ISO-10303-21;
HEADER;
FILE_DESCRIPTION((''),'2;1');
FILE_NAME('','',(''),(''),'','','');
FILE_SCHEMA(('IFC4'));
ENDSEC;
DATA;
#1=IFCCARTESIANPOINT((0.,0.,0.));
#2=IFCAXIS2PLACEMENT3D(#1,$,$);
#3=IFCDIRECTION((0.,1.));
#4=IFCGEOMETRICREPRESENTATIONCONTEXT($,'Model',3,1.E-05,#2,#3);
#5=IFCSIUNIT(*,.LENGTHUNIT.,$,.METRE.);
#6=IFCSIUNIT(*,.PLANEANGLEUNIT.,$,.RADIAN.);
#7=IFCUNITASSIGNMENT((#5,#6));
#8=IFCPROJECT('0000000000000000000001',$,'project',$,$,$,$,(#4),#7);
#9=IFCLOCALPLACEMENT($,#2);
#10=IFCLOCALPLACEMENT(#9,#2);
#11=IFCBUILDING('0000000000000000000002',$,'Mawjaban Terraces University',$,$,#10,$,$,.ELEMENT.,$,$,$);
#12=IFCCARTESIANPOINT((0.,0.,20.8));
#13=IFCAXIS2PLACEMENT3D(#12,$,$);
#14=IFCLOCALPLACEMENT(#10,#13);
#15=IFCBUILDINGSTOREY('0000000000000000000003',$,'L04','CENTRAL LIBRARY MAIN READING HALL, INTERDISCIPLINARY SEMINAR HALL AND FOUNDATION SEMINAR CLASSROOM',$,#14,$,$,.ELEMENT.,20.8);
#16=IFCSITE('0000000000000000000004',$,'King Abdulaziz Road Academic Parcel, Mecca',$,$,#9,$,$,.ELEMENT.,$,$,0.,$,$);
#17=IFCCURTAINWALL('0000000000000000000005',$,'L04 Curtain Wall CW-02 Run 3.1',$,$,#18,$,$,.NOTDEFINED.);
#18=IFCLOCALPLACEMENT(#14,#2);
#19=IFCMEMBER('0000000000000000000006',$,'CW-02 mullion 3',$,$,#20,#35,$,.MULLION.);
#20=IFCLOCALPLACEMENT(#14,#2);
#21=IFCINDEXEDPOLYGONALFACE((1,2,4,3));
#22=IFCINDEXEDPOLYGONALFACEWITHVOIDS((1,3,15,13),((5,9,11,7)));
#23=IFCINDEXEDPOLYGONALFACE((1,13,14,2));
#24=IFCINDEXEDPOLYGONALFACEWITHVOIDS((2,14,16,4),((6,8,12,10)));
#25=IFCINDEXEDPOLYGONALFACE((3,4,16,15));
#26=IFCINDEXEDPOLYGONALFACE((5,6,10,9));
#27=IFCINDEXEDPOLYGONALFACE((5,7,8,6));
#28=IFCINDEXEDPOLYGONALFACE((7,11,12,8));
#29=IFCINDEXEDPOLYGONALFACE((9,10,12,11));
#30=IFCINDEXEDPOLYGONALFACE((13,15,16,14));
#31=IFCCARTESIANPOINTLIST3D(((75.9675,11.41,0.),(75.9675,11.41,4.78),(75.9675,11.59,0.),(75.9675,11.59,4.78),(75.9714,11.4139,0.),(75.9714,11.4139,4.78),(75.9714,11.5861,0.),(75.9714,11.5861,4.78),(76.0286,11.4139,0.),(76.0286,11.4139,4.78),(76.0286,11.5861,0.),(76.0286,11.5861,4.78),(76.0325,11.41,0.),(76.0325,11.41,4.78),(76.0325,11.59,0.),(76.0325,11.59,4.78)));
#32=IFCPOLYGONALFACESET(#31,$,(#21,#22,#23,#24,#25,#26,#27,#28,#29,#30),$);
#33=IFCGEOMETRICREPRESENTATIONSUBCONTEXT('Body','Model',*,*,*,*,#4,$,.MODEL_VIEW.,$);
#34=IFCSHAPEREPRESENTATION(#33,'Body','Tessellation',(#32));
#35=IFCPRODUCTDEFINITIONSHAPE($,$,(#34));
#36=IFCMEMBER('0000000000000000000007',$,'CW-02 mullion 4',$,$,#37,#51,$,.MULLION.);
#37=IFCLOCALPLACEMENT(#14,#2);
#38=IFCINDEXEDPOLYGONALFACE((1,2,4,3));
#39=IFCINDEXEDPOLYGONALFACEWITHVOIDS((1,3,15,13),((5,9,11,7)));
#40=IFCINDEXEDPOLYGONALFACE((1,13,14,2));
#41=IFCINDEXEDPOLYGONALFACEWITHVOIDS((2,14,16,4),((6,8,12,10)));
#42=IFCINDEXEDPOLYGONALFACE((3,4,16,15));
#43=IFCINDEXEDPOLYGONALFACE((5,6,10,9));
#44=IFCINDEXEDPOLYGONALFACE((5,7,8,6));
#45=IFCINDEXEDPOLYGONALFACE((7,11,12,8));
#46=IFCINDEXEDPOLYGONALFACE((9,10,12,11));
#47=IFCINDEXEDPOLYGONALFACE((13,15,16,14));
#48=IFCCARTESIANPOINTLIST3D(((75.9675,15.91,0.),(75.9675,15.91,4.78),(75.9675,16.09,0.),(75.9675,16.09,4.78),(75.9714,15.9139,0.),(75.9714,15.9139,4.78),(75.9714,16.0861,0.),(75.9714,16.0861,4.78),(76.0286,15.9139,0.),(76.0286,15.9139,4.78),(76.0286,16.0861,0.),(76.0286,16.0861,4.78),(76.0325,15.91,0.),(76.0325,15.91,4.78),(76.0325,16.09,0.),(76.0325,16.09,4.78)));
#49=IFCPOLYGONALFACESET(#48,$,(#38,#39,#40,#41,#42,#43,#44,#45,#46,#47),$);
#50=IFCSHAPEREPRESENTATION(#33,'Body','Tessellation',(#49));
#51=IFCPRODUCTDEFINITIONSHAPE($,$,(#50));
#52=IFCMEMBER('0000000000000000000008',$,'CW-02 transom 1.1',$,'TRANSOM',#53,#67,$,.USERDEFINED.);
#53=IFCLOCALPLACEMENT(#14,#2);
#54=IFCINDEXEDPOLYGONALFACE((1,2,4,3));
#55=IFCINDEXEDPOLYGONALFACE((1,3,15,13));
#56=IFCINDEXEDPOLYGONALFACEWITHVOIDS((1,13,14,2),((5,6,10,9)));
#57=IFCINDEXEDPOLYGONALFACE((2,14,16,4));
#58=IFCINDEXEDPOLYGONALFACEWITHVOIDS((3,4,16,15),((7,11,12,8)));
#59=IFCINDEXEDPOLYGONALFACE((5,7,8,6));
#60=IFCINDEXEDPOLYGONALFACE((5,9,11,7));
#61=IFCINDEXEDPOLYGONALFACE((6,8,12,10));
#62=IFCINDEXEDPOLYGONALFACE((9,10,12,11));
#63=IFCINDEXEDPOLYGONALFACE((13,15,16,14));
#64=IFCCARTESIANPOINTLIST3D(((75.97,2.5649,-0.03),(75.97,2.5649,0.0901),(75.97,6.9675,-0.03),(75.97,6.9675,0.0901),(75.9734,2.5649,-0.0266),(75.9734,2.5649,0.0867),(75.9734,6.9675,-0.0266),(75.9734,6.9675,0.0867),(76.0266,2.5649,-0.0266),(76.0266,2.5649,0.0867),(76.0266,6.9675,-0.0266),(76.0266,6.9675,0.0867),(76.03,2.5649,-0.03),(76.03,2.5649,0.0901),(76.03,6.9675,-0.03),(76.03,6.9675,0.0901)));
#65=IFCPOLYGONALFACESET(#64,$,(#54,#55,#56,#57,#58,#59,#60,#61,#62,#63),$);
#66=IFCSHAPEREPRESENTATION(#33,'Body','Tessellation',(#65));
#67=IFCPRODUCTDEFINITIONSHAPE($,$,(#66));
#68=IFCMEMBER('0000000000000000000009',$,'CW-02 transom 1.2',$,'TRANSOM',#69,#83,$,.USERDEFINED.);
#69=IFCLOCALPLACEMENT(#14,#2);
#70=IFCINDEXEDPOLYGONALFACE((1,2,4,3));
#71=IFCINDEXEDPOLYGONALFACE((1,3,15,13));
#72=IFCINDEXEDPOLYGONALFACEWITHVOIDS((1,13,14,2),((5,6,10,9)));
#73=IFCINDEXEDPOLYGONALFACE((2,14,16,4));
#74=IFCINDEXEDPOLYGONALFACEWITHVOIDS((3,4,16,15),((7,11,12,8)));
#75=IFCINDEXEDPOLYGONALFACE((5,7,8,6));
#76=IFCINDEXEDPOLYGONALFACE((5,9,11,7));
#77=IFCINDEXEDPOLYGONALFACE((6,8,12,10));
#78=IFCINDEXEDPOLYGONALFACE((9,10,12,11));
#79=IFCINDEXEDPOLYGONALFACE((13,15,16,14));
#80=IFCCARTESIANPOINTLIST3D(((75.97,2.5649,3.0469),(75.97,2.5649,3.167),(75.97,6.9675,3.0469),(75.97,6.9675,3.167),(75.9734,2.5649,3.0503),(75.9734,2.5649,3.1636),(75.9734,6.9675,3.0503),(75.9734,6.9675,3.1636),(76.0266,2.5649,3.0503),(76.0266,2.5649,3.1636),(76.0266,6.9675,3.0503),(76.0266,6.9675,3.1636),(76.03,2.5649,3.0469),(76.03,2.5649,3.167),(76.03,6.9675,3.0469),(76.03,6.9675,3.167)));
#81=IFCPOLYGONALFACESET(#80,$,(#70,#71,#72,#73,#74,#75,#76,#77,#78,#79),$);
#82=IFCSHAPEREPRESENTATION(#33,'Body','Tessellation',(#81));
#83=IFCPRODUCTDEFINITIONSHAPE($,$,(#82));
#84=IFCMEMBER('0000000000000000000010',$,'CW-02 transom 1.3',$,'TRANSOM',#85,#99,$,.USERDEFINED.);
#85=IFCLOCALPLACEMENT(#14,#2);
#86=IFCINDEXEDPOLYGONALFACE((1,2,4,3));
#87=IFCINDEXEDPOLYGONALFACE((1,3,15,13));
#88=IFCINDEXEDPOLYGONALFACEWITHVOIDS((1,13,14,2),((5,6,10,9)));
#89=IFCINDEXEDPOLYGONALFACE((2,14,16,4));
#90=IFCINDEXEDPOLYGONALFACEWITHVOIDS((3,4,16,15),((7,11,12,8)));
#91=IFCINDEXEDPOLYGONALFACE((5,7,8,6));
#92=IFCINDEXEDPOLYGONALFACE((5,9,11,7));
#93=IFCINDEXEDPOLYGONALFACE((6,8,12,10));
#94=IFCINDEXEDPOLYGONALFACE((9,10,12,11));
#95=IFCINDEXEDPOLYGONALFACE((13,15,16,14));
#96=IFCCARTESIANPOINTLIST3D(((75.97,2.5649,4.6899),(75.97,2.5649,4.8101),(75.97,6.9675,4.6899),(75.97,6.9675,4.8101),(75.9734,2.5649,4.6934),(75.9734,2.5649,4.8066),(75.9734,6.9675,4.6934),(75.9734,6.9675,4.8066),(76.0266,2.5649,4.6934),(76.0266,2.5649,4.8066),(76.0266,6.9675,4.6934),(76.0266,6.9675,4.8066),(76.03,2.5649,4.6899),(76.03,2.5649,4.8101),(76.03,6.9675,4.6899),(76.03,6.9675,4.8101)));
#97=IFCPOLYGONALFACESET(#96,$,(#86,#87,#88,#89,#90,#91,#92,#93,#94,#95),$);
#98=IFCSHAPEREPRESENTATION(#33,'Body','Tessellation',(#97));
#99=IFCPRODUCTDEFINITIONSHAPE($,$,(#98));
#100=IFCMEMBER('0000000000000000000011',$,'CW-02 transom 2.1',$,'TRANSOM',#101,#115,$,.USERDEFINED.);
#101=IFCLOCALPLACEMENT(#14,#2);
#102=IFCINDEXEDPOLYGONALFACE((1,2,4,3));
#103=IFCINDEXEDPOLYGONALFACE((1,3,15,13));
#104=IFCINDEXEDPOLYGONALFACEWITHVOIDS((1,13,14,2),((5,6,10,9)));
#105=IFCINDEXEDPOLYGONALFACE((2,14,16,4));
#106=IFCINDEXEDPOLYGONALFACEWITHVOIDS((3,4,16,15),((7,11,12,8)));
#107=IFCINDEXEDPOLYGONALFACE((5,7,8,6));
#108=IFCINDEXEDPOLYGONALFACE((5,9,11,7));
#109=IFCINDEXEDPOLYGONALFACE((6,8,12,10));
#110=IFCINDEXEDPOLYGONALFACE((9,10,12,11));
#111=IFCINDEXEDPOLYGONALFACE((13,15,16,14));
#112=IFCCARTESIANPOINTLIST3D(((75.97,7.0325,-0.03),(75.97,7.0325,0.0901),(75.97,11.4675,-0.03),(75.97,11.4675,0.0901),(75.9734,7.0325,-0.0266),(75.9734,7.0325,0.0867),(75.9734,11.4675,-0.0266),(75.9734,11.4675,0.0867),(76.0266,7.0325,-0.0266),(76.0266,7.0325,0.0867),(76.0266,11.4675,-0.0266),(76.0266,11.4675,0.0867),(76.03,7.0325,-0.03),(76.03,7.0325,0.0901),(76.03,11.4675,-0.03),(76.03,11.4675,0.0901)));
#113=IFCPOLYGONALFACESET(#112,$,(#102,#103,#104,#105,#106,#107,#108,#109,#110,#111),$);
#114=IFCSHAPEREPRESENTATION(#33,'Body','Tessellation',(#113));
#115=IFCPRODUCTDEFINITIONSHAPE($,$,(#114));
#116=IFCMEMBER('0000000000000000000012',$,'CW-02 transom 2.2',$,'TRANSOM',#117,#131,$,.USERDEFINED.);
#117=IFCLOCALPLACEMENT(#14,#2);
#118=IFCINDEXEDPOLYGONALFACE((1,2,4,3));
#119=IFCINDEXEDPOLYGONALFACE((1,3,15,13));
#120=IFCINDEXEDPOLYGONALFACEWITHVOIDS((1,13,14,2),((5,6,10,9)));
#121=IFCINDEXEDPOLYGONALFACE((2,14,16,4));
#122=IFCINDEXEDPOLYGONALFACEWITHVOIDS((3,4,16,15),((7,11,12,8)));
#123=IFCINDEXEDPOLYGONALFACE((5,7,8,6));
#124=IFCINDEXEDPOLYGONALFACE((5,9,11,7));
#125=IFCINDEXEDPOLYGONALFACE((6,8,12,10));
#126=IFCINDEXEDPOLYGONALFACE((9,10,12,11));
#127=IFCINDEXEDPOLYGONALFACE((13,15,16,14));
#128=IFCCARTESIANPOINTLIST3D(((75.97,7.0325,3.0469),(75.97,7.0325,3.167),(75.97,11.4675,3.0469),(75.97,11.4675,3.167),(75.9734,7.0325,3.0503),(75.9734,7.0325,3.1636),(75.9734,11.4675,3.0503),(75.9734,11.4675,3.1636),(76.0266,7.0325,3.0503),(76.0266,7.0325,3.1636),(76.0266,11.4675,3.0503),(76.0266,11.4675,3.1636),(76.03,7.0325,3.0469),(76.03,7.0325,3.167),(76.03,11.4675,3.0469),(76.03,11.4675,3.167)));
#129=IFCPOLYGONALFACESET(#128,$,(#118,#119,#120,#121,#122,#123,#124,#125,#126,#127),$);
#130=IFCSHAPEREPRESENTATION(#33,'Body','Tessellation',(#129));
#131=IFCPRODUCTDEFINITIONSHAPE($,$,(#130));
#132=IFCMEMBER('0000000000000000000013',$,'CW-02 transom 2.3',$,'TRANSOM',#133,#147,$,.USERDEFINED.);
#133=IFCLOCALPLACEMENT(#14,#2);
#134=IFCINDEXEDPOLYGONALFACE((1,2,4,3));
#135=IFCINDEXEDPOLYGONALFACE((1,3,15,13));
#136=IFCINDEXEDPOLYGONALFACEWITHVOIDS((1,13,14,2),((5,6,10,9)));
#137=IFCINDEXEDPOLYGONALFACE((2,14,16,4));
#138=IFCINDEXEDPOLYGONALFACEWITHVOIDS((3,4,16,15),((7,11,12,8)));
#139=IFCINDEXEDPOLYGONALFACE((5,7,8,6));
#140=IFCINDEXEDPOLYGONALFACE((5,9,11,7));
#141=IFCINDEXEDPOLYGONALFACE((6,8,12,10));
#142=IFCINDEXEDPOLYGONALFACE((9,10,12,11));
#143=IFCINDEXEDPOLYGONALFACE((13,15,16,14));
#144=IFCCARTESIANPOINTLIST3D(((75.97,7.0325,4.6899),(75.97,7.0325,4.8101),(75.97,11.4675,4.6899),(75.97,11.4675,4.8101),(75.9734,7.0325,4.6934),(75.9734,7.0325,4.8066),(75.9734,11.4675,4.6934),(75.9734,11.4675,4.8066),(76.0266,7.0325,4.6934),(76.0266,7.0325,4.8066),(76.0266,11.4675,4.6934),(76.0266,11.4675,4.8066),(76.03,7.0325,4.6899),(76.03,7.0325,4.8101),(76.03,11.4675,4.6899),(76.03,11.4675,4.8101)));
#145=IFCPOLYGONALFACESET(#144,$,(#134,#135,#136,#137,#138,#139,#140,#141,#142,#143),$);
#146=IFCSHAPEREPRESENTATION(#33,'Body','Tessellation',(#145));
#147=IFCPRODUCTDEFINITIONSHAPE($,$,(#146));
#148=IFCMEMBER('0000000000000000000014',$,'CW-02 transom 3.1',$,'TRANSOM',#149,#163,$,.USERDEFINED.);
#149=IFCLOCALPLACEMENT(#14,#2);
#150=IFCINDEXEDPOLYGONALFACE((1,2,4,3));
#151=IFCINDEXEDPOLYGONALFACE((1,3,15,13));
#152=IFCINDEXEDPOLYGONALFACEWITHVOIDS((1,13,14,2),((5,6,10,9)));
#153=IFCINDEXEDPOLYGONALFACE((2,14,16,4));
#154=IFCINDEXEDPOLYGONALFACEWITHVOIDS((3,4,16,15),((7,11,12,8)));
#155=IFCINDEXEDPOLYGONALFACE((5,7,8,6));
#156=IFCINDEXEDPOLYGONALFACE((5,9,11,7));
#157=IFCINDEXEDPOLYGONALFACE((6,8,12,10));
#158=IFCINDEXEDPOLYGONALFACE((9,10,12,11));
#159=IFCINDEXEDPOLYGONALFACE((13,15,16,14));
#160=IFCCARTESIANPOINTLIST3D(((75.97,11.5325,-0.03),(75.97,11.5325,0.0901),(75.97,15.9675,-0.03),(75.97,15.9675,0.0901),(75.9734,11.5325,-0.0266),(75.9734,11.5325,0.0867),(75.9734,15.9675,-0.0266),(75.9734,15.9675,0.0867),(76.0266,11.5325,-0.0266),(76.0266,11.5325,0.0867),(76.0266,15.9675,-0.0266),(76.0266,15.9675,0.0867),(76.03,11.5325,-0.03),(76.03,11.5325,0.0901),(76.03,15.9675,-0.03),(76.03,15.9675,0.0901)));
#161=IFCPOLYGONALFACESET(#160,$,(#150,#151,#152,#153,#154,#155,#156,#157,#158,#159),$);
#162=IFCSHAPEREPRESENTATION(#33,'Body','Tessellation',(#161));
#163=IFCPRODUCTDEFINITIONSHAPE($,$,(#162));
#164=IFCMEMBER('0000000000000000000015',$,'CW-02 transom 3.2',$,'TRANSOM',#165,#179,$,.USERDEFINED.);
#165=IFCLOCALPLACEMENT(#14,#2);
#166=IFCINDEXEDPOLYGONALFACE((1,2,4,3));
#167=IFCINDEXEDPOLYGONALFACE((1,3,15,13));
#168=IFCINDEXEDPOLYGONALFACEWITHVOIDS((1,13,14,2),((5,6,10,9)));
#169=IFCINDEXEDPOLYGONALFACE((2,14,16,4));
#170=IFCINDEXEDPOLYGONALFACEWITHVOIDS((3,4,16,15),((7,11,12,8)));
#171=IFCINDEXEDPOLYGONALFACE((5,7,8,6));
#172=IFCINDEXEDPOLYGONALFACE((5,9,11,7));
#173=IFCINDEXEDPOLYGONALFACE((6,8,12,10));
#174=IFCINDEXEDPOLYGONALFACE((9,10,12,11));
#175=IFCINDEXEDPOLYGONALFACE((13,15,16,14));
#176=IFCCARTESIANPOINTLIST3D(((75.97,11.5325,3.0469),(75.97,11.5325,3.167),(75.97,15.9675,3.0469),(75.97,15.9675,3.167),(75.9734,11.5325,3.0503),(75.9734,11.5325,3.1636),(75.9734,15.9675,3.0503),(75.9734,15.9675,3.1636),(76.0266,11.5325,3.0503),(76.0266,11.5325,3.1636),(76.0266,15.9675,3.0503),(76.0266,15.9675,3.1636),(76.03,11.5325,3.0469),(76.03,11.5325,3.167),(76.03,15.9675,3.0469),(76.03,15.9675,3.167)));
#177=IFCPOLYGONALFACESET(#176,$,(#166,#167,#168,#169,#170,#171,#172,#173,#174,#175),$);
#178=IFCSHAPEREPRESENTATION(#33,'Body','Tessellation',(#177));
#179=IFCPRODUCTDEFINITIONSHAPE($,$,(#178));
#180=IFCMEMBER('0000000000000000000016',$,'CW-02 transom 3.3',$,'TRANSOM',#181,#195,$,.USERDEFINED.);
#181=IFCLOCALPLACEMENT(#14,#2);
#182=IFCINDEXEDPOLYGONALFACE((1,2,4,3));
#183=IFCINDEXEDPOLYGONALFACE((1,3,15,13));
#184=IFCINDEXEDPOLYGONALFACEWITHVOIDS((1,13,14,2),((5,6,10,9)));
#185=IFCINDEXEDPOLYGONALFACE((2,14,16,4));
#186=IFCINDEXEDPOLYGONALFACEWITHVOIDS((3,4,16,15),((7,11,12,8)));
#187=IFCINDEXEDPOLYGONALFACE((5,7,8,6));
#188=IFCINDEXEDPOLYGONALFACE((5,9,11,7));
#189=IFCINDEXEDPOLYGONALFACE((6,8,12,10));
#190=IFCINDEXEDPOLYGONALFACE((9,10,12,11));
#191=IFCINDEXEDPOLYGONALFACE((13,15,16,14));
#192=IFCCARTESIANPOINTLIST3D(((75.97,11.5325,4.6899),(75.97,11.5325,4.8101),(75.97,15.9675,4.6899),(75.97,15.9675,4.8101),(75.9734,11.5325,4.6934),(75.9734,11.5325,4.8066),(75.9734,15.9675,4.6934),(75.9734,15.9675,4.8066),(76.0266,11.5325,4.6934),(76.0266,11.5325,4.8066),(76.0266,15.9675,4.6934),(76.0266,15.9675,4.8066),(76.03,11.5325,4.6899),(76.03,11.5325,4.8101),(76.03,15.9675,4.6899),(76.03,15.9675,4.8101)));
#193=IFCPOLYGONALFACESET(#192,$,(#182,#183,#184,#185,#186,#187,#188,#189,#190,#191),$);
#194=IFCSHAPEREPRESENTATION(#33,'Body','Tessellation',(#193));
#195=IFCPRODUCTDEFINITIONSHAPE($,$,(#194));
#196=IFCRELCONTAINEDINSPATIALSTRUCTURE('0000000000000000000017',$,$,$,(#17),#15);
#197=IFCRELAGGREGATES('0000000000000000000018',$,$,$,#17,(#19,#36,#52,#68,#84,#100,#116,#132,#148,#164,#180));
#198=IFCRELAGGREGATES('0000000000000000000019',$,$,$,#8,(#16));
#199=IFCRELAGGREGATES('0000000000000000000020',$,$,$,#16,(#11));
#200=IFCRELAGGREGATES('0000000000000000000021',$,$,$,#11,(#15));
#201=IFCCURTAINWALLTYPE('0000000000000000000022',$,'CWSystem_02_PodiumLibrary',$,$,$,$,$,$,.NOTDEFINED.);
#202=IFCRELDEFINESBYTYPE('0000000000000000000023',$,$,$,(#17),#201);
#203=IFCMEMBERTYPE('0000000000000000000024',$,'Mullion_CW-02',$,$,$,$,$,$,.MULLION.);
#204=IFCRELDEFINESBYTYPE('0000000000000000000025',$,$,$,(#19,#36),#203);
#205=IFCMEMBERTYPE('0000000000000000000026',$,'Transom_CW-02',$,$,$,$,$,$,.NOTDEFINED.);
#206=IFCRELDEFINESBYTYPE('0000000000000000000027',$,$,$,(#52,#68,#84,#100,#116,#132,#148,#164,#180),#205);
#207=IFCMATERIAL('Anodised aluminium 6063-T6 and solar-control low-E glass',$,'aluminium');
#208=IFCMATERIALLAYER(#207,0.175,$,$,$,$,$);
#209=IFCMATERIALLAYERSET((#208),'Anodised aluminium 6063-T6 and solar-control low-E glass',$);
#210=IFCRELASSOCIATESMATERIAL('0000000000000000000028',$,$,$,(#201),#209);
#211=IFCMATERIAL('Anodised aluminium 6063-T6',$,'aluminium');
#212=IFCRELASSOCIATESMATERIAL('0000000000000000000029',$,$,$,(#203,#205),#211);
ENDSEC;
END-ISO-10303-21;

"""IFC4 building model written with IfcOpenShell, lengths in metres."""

from ifc_helpers import new_model, si_unit, direction, frame, origin, origin_2d, place, context, subcontext, project, spatial, hollow_rectangle, extrude, material, layer, layer_set, material_profile, profile_set, type_object, element, aggregate, save


model = new_model("IFC4")

# Units and contexts
model_context = context("Model", 3, precision=1e-05, world=origin(), true_north=direction((0.0, 1.0)))
body_context = subcontext(model_context, "Body", "Model", "MODEL_VIEW")
ifc_project = project(units=[si_unit("LENGTHUNIT", "METRE"), si_unit("PLANEANGLEUNIT", "RADIAN")], contexts=[model_context])

# Site, building, storey
site_placement = place(None, origin())
site = spatial("IfcSite", under=ifc_project, at=site_placement, Name="King Abdulaziz Road Academic Parcel, Mecca", CompositionType="ELEMENT", RefElevation=0.0)
building_placement = place(site_placement, origin())
building = spatial("IfcBuilding", under=site, at=building_placement, Name="Mawjaban Terraces University", CompositionType="ELEMENT")
storey_placement = place(building_placement, frame((0.0, 0.0, 20.8)))
storey = spatial("IfcBuildingStorey", under=building, at=storey_placement, Name="L04", Description="CENTRAL LIBRARY MAIN READING HALL, INTERDISCIPLINARY SEMINAR HALL AND FOUNDATION SEMINAR CLASSROOM", CompositionType="ELEMENT", Elevation=20.8)

# Curtain wall, members
ifc_material_1 = material(Name="Anodised aluminium 6063-T6 and solar-control low-E glass", Category="aluminium")
ifc_layer_1 = layer(ifc_material_1, 0.175)
ifc_layer_set_1 = layer_set([ifc_layer_1], Name="Anodised aluminium 6063-T6 and solar-control low-E glass")
curtain_wall_type = type_object("IfcCurtainWallType", Name="CWSystem_02_PodiumLibrary", PredefinedType="NOTDEFINED", material=ifc_layer_set_1)
curtain_wall_placement = place(storey_placement, origin())
curtain_wall = element("IfcCurtainWall", 1, at=curtain_wall_placement, inside=storey, type_object=curtain_wall_type, Name="L04 Curtain Wall CW-02 Run 3.1", PredefinedType="NOTDEFINED")
ifc_material_2 = material(Name="Anodised aluminium 6063-T6", Category="aluminium")
ifc_material_profile_1 = material_profile(ifc_material_2, hollow_rectangle(XDim=0.0649, YDim=0.1799, WallThickness=0.0039, at=origin_2d()), Name="ALU180X65X4")
ifc_profile_set_1 = profile_set([ifc_material_profile_1], Name="Anodised aluminium 6063-T6")
member_type_1 = type_object("IfcMemberType", Name="Mullion_CW-02", PredefinedType="MULLION", material=ifc_profile_set_1)
member_1_placement = place(storey_placement, frame((76.0, 11.5, 0.0), z_axis=(0.0, 0.0, 1.0), x_axis=(-1.0, 0.0, 0.0)))
member_1 = element("IfcMember", 2, at=member_1_placement, type_object=member_type_1, Name="CW-02 mullion 3", PredefinedType="MULLION", context=body_context, shape_type="SweptSolid", body=[
    extrude(hollow_rectangle(XDim=0.0649, YDim=0.1799, WallThickness=0.0039, at=origin_2d()), origin(), (0.0, 0.0, 1.0), 4.78),
])
member_2_placement = place(storey_placement, frame((76.0, 16.0, 0.0), z_axis=(0.0, 0.0, 1.0), x_axis=(-1.0, 0.0, 0.0)))
member_2 = element("IfcMember", 3, at=member_2_placement, type_object=member_type_1, Name="CW-02 mullion 4", PredefinedType="MULLION", context=body_context, shape_type="SweptSolid", body=[
    extrude(hollow_rectangle(XDim=0.0649, YDim=0.1799, WallThickness=0.0039, at=origin_2d()), origin(), (0.0, 0.0, 1.0), 4.78),
])
ifc_material_profile_2 = material_profile(ifc_material_2, hollow_rectangle(XDim=0.0601, YDim=0.1201, WallThickness=0.0034, at=origin_2d()), Name="ALU120X60X3.5")
ifc_profile_set_2 = profile_set([ifc_material_profile_2], Name="Anodised aluminium 6063-T6")
member_type_2 = type_object("IfcMemberType", Name="Transom_CW-02", PredefinedType="NOTDEFINED", material=ifc_profile_set_2)
member_3_placement = place(storey_placement, frame((76.0, 2.5649, 0.03), z_axis=(0.0, 1.0, 0.0), x_axis=(-1.0, 0.0, 0.0)))
member_3 = element("IfcMember", 4, at=member_3_placement, type_object=member_type_2, Name="CW-02 transom 1.1", ObjectType="TRANSOM", PredefinedType="USERDEFINED", context=body_context, shape_type="SweptSolid", body=[
    extrude(hollow_rectangle(XDim=0.0601, YDim=0.1201, WallThickness=0.0034, at=origin_2d()), origin(), (0.0, 0.0, 1.0), 4.4026),
])
member_4_placement = place(storey_placement, frame((76.0, 2.5649, 3.1069), z_axis=(0.0, 1.0, 0.0), x_axis=(-1.0, 0.0, 0.0)))
member_4 = element("IfcMember", 5, at=member_4_placement, type_object=member_type_2, Name="CW-02 transom 1.2", ObjectType="TRANSOM", PredefinedType="USERDEFINED", context=body_context, shape_type="SweptSolid", body=[
    extrude(hollow_rectangle(XDim=0.0601, YDim=0.1201, WallThickness=0.0034, at=origin_2d()), origin(), (0.0, 0.0, 1.0), 4.4026),
])
member_5_placement = place(storey_placement, frame((76.0, 2.5649, 4.75), z_axis=(0.0, 1.0, 0.0), x_axis=(-1.0, 0.0, 0.0)))
member_5 = element("IfcMember", 6, at=member_5_placement, type_object=member_type_2, Name="CW-02 transom 1.3", ObjectType="TRANSOM", PredefinedType="USERDEFINED", context=body_context, shape_type="SweptSolid", body=[
    extrude(hollow_rectangle(XDim=0.0601, YDim=0.1201, WallThickness=0.0034, at=origin_2d()), origin(), (0.0, 0.0, 1.0), 4.4026),
])
member_6_placement = place(storey_placement, frame((76.0, 7.0325, 0.03), z_axis=(0.0, 1.0, 0.0), x_axis=(-1.0, 0.0, 0.0)))
member_6 = element("IfcMember", 7, at=member_6_placement, type_object=member_type_2, Name="CW-02 transom 2.1", ObjectType="TRANSOM", PredefinedType="USERDEFINED", context=body_context, shape_type="SweptSolid", body=[
    extrude(hollow_rectangle(XDim=0.0601, YDim=0.1201, WallThickness=0.0034, at=origin_2d()), origin(), (0.0, 0.0, 1.0), 4.4351),
])
member_7_placement = place(storey_placement, frame((76.0, 7.0325, 3.1069), z_axis=(0.0, 1.0, 0.0), x_axis=(-1.0, 0.0, 0.0)))
member_7 = element("IfcMember", 8, at=member_7_placement, type_object=member_type_2, Name="CW-02 transom 2.2", ObjectType="TRANSOM", PredefinedType="USERDEFINED", context=body_context, shape_type="SweptSolid", body=[
    extrude(hollow_rectangle(XDim=0.0601, YDim=0.1201, WallThickness=0.0034, at=origin_2d()), origin(), (0.0, 0.0, 1.0), 4.4351),
])
member_8_placement = place(storey_placement, frame((76.0, 7.0325, 4.75), z_axis=(0.0, 1.0, 0.0), x_axis=(-1.0, 0.0, 0.0)))
member_8 = element("IfcMember", 9, at=member_8_placement, type_object=member_type_2, Name="CW-02 transom 2.3", ObjectType="TRANSOM", PredefinedType="USERDEFINED", context=body_context, shape_type="SweptSolid", body=[
    extrude(hollow_rectangle(XDim=0.0601, YDim=0.1201, WallThickness=0.0034, at=origin_2d()), origin(), (0.0, 0.0, 1.0), 4.4351),
])
member_9_placement = place(storey_placement, frame((76.0, 11.5325, 0.03), z_axis=(0.0, 1.0, 0.0), x_axis=(-1.0, 0.0, 0.0)))
member_9 = element("IfcMember", 10, at=member_9_placement, type_object=member_type_2, Name="CW-02 transom 3.1", ObjectType="TRANSOM", PredefinedType="USERDEFINED", context=body_context, shape_type="SweptSolid", body=[
    extrude(hollow_rectangle(XDim=0.0601, YDim=0.1201, WallThickness=0.0034, at=origin_2d()), origin(), (0.0, 0.0, 1.0), 4.4351),
])
member_10_placement = place(storey_placement, frame((76.0, 11.5325, 3.1069), z_axis=(0.0, 1.0, 0.0), x_axis=(-1.0, 0.0, 0.0)))
member_10 = element("IfcMember", 11, at=member_10_placement, type_object=member_type_2, Name="CW-02 transom 3.2", ObjectType="TRANSOM", PredefinedType="USERDEFINED", context=body_context, shape_type="SweptSolid", body=[
    extrude(hollow_rectangle(XDim=0.0601, YDim=0.1201, WallThickness=0.0034, at=origin_2d()), origin(), (0.0, 0.0, 1.0), 4.4351),
])
member_11_placement = place(storey_placement, frame((76.0, 11.5325, 4.75), z_axis=(0.0, 1.0, 0.0), x_axis=(-1.0, 0.0, 0.0)))
member_11 = element("IfcMember", 12, at=member_11_placement, type_object=member_type_2, Name="CW-02 transom 3.3", ObjectType="TRANSOM", PredefinedType="USERDEFINED", context=body_context, shape_type="SweptSolid", body=[
    extrude(hollow_rectangle(XDim=0.0601, YDim=0.1201, WallThickness=0.0034, at=origin_2d()), origin(), (0.0, 0.0, 1.0), 4.4351),
])
aggregate(curtain_wall, [member_1, member_2, member_3, member_4, member_5, member_6, member_7, member_8, member_9, member_10, member_11])

save(model, "model.ifc")
